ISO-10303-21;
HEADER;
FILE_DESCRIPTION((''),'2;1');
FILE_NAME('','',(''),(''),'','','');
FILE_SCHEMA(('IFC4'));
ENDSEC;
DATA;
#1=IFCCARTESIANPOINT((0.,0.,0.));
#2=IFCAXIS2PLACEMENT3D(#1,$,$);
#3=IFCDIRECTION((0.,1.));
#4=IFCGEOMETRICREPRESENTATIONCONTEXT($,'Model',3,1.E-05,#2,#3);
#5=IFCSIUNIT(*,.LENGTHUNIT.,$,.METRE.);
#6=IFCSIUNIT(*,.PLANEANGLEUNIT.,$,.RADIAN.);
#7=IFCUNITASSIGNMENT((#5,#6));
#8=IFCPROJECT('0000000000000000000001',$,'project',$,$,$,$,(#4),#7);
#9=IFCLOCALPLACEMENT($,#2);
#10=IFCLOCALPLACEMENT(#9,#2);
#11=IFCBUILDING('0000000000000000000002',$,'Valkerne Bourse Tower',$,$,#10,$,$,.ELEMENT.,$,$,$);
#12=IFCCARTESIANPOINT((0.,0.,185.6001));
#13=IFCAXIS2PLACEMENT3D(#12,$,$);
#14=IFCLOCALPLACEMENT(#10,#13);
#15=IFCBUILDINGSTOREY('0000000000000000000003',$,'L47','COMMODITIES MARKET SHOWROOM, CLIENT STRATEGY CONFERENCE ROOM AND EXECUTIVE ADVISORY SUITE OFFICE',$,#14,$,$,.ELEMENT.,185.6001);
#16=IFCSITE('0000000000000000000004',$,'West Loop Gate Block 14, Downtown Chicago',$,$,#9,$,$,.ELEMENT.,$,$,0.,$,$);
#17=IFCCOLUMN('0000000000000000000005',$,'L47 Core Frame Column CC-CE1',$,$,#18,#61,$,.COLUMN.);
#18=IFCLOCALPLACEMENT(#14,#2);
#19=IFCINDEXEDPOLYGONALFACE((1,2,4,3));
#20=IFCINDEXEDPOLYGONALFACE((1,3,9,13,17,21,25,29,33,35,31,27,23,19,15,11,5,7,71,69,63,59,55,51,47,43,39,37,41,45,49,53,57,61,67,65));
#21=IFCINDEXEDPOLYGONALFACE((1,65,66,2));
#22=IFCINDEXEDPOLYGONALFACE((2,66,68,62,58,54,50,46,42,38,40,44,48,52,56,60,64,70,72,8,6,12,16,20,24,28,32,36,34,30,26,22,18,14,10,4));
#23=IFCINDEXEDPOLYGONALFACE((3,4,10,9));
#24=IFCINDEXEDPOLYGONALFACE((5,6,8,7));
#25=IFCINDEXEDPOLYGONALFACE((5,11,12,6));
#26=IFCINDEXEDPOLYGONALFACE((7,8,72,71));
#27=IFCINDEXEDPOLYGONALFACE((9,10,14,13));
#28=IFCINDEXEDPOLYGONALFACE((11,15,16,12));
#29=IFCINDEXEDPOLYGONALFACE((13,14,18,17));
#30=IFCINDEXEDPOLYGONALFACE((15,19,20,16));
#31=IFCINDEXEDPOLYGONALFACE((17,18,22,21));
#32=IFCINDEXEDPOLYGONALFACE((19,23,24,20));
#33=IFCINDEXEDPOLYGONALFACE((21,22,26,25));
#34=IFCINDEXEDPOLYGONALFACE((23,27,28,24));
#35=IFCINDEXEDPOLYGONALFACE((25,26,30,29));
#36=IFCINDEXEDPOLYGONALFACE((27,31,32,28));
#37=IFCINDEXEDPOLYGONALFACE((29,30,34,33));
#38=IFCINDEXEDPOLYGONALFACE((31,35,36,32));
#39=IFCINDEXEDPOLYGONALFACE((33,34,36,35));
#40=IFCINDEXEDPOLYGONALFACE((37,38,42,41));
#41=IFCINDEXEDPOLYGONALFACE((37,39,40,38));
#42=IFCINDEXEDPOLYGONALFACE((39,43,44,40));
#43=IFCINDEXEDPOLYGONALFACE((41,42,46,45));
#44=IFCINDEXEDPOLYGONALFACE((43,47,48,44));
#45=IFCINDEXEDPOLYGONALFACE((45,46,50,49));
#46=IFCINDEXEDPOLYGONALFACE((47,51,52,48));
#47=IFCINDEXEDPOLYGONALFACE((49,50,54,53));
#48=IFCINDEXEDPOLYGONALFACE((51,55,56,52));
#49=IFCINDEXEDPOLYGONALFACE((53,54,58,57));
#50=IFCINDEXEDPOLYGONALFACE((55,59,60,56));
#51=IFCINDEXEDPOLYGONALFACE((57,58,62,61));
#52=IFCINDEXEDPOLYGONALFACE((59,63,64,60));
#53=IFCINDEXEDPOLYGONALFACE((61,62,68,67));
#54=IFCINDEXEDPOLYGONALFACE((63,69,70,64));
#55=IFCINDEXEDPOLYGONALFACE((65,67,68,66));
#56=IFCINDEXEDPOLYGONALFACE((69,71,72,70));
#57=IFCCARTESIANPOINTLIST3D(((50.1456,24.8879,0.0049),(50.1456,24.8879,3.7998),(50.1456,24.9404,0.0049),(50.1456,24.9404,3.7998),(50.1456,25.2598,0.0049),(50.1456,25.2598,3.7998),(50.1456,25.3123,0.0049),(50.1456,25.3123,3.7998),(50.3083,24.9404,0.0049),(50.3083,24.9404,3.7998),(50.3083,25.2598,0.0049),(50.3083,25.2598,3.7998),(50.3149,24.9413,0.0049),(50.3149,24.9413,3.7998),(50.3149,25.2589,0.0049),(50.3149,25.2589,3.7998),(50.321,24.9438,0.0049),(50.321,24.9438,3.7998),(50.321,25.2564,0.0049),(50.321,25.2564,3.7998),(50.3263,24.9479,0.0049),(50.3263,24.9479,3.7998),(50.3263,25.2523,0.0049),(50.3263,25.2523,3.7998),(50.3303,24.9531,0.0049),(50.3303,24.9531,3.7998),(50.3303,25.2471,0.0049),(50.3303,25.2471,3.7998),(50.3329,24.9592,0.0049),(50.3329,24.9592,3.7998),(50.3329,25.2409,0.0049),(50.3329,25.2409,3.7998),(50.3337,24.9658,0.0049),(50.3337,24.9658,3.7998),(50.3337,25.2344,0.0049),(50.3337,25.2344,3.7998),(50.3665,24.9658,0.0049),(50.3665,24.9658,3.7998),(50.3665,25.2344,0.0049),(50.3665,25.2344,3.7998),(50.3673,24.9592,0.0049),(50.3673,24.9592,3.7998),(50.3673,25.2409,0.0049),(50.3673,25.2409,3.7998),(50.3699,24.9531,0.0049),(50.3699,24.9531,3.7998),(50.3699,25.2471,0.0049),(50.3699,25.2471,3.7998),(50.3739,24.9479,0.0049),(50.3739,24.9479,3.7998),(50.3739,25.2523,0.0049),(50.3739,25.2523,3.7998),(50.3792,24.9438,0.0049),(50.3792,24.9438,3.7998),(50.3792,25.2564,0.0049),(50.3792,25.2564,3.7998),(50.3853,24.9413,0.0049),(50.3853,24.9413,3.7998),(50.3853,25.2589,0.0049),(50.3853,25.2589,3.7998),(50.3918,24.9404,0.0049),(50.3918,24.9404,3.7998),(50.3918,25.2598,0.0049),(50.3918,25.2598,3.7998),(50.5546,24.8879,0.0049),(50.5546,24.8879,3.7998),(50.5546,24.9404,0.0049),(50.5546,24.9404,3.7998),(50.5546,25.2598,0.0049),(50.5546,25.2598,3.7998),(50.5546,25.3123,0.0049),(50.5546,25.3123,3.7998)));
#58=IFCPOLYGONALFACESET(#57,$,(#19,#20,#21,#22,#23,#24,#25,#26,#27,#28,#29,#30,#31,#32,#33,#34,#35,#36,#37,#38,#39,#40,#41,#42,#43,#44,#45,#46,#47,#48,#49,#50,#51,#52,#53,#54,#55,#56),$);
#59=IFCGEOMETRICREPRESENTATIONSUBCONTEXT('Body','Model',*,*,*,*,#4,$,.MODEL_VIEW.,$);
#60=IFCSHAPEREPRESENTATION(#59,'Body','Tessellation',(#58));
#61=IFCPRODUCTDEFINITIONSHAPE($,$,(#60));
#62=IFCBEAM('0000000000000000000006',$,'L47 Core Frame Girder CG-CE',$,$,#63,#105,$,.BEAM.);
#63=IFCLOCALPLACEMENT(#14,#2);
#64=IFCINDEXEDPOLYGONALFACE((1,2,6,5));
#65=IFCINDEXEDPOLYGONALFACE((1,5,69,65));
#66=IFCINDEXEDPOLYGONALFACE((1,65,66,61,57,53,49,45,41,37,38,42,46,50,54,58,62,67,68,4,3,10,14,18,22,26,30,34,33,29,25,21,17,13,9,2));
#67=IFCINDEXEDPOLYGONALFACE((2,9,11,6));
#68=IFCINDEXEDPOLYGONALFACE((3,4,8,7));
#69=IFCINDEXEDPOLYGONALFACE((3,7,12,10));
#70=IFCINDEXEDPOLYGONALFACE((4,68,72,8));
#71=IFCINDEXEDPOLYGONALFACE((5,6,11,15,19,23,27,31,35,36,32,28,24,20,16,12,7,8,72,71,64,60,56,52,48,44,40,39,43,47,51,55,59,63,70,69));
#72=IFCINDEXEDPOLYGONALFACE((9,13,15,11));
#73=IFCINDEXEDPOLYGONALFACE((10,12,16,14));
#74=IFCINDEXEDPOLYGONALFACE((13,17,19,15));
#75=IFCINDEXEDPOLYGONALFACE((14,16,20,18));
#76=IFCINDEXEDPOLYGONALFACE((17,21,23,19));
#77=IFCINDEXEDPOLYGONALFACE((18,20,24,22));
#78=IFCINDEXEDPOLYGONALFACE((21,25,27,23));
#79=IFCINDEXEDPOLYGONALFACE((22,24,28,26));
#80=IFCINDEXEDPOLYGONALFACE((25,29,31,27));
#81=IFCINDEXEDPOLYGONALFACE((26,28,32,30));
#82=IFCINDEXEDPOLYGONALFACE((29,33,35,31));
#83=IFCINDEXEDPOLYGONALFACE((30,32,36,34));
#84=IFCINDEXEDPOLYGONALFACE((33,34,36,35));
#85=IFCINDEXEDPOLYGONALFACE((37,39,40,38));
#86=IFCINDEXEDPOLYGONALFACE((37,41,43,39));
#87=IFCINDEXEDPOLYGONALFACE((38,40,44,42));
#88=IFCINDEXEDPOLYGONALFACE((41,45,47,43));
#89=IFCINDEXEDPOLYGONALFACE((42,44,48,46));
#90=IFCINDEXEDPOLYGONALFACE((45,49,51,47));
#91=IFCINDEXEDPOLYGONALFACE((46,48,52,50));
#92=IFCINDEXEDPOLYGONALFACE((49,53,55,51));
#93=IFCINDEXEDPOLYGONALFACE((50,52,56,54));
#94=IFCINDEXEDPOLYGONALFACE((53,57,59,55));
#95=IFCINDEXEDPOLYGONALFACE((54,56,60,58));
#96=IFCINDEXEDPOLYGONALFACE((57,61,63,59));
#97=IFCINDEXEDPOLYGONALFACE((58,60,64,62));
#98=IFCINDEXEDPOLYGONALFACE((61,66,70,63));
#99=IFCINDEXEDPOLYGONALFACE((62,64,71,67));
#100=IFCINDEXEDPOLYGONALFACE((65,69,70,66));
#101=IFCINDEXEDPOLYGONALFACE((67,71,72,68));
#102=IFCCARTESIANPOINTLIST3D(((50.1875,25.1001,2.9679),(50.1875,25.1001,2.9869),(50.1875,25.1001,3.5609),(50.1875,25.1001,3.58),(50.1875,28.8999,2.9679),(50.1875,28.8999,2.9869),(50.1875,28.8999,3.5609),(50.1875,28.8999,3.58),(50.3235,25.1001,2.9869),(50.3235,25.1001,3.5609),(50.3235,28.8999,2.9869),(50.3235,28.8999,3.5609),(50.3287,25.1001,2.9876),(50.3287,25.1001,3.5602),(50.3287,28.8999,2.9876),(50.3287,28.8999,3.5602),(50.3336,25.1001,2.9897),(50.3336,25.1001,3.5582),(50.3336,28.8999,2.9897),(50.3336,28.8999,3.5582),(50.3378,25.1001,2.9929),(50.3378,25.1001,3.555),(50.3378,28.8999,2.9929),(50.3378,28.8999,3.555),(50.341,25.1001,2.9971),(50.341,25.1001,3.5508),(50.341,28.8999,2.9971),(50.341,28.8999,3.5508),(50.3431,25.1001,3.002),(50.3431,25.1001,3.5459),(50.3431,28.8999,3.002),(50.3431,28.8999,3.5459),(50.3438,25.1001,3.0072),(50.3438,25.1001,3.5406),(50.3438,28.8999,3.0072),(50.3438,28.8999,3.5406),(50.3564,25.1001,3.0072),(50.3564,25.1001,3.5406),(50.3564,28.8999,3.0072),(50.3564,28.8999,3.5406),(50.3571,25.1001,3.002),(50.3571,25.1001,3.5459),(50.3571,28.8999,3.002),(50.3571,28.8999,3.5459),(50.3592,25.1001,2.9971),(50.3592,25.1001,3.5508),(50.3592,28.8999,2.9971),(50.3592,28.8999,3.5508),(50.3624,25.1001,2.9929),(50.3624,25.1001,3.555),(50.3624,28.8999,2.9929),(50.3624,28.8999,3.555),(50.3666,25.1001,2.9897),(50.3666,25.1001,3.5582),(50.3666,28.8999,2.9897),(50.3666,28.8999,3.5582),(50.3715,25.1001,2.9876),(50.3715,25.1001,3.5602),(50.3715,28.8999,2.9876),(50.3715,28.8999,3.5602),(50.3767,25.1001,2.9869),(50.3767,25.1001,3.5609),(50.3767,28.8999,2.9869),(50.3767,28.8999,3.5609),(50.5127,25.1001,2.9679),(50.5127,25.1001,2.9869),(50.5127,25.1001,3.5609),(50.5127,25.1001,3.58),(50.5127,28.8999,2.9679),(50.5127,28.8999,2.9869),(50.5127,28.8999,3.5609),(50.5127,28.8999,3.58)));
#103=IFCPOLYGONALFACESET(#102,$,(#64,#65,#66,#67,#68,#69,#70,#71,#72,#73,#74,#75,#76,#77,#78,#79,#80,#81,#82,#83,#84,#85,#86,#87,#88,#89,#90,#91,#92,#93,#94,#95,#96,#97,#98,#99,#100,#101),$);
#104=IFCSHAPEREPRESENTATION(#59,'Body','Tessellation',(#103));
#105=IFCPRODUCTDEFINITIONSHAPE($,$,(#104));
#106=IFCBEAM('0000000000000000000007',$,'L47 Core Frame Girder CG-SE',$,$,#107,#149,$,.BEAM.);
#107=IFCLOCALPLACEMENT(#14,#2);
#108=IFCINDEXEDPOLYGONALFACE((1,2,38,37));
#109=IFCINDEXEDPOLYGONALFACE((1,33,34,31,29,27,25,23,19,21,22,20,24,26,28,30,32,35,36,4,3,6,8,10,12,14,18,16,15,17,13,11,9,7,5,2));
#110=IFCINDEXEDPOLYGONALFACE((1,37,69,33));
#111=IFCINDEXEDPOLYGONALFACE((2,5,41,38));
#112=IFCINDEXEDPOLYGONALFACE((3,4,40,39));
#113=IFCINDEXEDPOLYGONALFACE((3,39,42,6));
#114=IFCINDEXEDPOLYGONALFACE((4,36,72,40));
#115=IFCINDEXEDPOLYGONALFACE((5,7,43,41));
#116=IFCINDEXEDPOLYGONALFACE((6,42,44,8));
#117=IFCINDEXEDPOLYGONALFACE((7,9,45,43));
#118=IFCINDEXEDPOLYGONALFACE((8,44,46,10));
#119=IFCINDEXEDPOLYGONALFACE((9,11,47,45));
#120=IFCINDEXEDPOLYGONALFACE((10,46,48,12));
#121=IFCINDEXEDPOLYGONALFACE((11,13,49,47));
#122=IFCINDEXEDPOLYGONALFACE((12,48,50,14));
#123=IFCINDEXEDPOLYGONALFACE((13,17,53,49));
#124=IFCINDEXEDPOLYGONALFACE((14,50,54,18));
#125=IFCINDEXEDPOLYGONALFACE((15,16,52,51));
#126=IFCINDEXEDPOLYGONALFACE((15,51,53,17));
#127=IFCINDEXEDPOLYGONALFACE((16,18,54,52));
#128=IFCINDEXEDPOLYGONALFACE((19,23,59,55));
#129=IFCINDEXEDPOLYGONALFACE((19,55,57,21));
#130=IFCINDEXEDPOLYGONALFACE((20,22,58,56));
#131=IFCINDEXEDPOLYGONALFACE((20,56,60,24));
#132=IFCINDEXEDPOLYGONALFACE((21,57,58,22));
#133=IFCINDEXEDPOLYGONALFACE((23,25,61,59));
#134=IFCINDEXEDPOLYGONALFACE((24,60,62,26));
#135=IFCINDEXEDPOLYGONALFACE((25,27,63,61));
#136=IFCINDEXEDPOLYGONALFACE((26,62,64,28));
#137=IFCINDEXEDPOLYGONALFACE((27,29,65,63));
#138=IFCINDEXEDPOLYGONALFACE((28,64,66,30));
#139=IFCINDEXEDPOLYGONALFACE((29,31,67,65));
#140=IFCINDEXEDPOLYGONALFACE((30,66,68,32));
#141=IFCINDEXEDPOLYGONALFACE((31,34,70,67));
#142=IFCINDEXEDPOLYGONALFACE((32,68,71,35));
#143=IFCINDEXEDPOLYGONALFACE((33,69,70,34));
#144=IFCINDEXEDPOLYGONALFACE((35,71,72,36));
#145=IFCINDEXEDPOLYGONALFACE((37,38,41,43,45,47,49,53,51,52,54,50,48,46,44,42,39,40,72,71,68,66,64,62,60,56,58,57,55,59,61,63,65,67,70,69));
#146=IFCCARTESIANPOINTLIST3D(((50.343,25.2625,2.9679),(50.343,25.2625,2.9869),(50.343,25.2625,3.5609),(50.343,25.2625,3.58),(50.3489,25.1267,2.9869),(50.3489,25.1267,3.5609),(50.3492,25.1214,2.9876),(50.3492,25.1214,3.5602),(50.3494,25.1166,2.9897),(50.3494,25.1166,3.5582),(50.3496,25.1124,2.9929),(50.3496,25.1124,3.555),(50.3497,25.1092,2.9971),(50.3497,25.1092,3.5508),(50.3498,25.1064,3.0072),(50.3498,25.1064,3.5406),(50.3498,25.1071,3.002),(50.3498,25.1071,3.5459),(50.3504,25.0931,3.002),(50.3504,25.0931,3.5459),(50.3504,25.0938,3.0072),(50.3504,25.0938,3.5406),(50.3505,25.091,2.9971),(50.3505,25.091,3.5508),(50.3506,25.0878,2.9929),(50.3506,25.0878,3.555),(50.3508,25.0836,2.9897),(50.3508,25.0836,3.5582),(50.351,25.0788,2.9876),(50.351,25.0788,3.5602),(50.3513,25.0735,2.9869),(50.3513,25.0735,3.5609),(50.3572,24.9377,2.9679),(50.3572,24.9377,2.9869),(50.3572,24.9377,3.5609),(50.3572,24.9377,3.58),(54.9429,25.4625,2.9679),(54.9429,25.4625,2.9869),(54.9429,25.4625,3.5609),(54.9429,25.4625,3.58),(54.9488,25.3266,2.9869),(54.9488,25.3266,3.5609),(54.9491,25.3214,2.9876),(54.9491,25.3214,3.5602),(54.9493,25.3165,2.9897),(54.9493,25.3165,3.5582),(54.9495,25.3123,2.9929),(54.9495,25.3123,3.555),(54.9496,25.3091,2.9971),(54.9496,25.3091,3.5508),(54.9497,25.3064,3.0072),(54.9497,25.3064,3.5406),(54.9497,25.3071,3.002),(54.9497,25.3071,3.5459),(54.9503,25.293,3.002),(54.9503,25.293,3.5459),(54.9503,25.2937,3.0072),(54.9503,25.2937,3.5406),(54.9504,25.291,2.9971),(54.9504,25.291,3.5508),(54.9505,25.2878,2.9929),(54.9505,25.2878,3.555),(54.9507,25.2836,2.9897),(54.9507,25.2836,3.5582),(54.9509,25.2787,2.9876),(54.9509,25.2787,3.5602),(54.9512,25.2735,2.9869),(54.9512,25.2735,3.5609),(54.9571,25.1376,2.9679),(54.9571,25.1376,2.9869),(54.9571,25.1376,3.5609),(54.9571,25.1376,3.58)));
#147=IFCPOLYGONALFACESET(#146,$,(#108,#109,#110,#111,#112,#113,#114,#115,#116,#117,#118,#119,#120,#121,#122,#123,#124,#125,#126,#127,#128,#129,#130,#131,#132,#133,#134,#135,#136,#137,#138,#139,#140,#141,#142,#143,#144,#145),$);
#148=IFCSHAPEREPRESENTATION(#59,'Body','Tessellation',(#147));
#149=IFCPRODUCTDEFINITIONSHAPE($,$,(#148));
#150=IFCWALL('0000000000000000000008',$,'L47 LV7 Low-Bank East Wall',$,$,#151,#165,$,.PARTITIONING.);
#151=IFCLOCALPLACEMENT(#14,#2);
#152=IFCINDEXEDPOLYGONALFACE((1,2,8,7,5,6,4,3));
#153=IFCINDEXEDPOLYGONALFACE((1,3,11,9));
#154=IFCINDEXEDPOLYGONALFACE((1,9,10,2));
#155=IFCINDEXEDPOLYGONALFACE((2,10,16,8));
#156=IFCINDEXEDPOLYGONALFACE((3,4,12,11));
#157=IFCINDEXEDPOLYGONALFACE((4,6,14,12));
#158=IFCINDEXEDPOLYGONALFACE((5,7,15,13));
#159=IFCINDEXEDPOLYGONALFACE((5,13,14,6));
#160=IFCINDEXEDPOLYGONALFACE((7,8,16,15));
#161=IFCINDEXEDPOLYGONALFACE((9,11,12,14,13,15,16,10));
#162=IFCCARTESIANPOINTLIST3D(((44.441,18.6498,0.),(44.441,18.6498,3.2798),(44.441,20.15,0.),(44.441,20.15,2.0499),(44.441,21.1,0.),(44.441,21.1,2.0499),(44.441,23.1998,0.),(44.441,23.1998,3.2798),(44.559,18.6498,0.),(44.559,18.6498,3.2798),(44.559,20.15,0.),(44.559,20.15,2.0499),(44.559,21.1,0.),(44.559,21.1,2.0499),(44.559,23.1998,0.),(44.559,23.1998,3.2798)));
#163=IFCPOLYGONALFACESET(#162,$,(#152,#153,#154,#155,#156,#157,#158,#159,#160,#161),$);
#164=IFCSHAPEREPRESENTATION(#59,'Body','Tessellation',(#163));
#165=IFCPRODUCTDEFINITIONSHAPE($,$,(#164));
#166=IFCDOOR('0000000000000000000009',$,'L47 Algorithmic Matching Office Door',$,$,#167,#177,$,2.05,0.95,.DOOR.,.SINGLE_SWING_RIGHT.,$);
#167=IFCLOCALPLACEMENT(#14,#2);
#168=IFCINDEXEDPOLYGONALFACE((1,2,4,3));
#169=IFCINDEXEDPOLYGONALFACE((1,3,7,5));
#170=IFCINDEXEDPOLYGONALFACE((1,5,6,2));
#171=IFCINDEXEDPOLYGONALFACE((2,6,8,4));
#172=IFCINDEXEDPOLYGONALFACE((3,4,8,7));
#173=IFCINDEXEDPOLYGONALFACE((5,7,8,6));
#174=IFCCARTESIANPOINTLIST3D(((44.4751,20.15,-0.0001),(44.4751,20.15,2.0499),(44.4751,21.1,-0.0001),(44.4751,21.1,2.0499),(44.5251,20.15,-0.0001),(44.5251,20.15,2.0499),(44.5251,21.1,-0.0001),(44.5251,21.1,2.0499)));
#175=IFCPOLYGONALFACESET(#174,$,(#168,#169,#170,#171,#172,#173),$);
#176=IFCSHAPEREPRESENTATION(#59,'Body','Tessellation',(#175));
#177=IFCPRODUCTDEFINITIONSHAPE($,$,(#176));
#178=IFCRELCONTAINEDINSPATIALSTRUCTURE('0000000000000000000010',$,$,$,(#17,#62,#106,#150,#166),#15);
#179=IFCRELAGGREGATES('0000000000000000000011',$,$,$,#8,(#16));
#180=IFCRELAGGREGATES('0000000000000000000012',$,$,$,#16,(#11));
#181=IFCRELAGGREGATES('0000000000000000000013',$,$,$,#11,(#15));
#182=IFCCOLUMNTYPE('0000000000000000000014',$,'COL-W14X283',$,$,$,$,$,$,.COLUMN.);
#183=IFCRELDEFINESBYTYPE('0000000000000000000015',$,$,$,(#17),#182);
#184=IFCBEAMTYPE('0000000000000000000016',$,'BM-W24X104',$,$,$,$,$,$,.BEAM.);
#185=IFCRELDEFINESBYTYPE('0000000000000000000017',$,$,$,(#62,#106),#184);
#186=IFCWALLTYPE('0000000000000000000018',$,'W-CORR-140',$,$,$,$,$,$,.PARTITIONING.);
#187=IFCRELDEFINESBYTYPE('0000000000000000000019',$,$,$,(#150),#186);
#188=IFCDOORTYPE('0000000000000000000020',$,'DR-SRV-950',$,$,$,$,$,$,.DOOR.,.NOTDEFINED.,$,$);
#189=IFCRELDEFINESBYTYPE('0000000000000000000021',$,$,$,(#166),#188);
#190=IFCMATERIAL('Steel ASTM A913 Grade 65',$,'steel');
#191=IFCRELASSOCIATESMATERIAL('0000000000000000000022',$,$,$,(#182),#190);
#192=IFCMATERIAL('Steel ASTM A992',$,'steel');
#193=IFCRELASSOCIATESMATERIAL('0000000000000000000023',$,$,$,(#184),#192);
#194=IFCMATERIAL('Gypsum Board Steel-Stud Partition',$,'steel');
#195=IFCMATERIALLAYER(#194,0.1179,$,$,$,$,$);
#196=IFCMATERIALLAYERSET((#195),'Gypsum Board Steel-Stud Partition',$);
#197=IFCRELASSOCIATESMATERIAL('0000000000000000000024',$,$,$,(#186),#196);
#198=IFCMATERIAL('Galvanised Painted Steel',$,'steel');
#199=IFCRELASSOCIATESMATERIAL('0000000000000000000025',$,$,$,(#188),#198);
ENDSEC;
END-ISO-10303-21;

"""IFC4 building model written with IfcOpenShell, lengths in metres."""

from ifc_helpers import new_model, si_unit, direction, frame, frame_2d, origin, origin_2d, place, context, subcontext, project, spatial, rectangle, i_section, extrude, material, layer, layer_set, material_profile, profile_set, type_object, element, fill, save


model = new_model("IFC4")

# Units and contexts
model_context = context("Model", 3, precision=1e-05, world=origin(), true_north=direction((0.0, 1.0)))
body_context = subcontext(model_context, "Body", "Model", "MODEL_VIEW")
ifc_project = project(units=[si_unit("LENGTHUNIT", "METRE"), si_unit("PLANEANGLEUNIT", "RADIAN")], contexts=[model_context])

# Site, building, storey
site_placement = place(None, origin())
site = spatial("IfcSite", under=ifc_project, at=site_placement, Name="West Loop Gate Block 14, Downtown Chicago", CompositionType="ELEMENT", RefElevation=0.0)
building_placement = place(site_placement, origin())
building = spatial("IfcBuilding", under=site, at=building_placement, Name="Valkerne Bourse Tower", CompositionType="ELEMENT")
storey_placement = place(building_placement, frame((0.0, 0.0, 185.6001)))
storey = spatial("IfcBuildingStorey", under=building, at=storey_placement, Name="L47", Description="COMMODITIES MARKET SHOWROOM, CLIENT STRATEGY CONFERENCE ROOM AND EXECUTIVE ADVISORY SUITE OFFICE", CompositionType="ELEMENT", Elevation=185.6001)

# Column
ifc_material_1 = material(Name="Steel ASTM A913 Grade 65", Category="steel")
ifc_material_profile_1 = material_profile(ifc_material_1, i_section(OverallWidth=0.4089, OverallDepth=0.4243, WebThickness=0.0327, FlangeThickness=0.0525, FilletRadius=0.0254, at=origin_2d()), Name="W14X283")
ifc_profile_set_1 = profile_set([ifc_material_profile_1], Name="Steel ASTM A913 Grade 65")
column_type = type_object("IfcColumnType", Name="COL-W14X283", PredefinedType="COLUMN", material=ifc_profile_set_1)
column_placement = place(storey_placement, frame((50.3501, 25.1001, 0.0049), z_axis=(0.0, 0.0, 1.0), x_axis=(1.0, 0.0, 0.0)))
element("IfcColumn", 1, at=column_placement, inside=storey, type_object=column_type, Name="L47 Core Frame Column CC-CE1", PredefinedType="COLUMN", context=body_context, shape_type="SweptSolid", body=[
    extrude(i_section(OverallWidth=0.4089, OverallDepth=0.4243, WebThickness=0.0327, FlangeThickness=0.0525, FilletRadius=0.0254, at=origin_2d()), origin(), (0.0, 0.0, 1.0), 3.7949),
])

# Beams
ifc_material_2 = material(Name="Steel ASTM A992", Category="steel")
ifc_material_profile_2 = material_profile(ifc_material_2, i_section(OverallWidth=0.3252, OverallDepth=0.6121, WebThickness=0.0127, FlangeThickness=0.019, FilletRadius=0.0203, at=origin_2d()), Name="W24X104")
ifc_profile_set_2 = profile_set([ifc_material_profile_2], Name="Steel ASTM A992")
beam_type = type_object("IfcBeamType", Name="BM-W24X104", PredefinedType="BEAM", material=ifc_profile_set_2)
beam_1_placement = place(storey_placement, frame((50.3501, 25.1001, 3.2739), z_axis=(0.0, 1.0, 0.0), x_axis=(-1.0, 0.0, 0.0)))
element("IfcBeam", 2, at=beam_1_placement, inside=storey, type_object=beam_type, Name="L47 Core Frame Girder CG-CE", PredefinedType="BEAM", context=body_context, shape_type="SweptSolid", body=[
    extrude(i_section(OverallWidth=0.3252, OverallDepth=0.6121, WebThickness=0.0127, FlangeThickness=0.019, FilletRadius=0.0203, at=origin_2d()), origin(), (0.0, 0.0, 1.0), 3.7998),
])
beam_2_placement = place(storey_placement, frame((50.3501, 25.1001, 3.2739), z_axis=(0.999057, 0.043428, 0.0), x_axis=(-0.043428, 0.999057, 0.0)))
element("IfcBeam", 3, at=beam_2_placement, inside=storey, type_object=beam_type, Name="L47 Core Frame Girder CG-SE", PredefinedType="BEAM", context=body_context, shape_type="SweptSolid", body=[
    extrude(i_section(OverallWidth=0.3252, OverallDepth=0.6121, WebThickness=0.0127, FlangeThickness=0.019, FilletRadius=0.0203, at=origin_2d()), origin(), (0.0, 0.0, 1.0), 4.6042),
])

# Wall, opening, door
ifc_material_3 = material(Name="Gypsum Board Steel-Stud Partition", Category="steel")
ifc_layer_1 = layer(ifc_material_3, 0.1179)
ifc_layer_set_1 = layer_set([ifc_layer_1], Name="Gypsum Board Steel-Stud Partition")
wall_type_1 = type_object("IfcWallType", Name="W-CORR-140", PredefinedType="PARTITIONING", material=ifc_layer_set_1)
wall_1_placement = place(storey_placement, frame((44.5, 18.6499, 0.0), z_axis=(0.0, 0.0, 1.0), x_axis=(0.0, 1.0, 0.0)))
wall_1 = element("IfcWall", 4, at=wall_1_placement, inside=storey, type_object=wall_type_1, Name="L47 LV7 Low-Bank East Wall", PredefinedType="PARTITIONING", context=body_context, shape_type="SweptSolid", body=[
    extrude(rectangle(XDim=4.55, YDim=0.1179, at=frame_2d((2.2749, 0.0))), origin(), (0.0, 0.0, 1.0), 3.2798),
])
opening_1_placement = place(wall_1_placement, frame((1.5, 0.0, 0.0)))
opening_1 = element("IfcOpeningElement", 5, at=opening_1_placement, cuts=wall_1, PredefinedType="OPENING", context=body_context, shape_type="SweptSolid", body=[
    extrude(rectangle(XDim=0.95, YDim=2.05, at=frame_2d((0.4751, 1.0249))), frame((0.0, 0.0688, 0.0), z_axis=(0.0, -1.0, 0.0), x_axis=(1.0, 0.0, 0.0)), (0.0, 0.0, 1.0), 0.1379),
])
ifc_material_4 = material(Name="Galvanised Painted Steel", Category="steel")
door_type_1 = type_object("IfcDoorType", Name="DR-SRV-950", OperationType="NOTDEFINED", PredefinedType="DOOR", material=ifc_material_4)
door_1_placement = place(opening_1_placement, origin())
door_1 = element("IfcDoor", 6, at=door_1_placement, inside=storey, type_object=door_type_1, Name="L47 Algorithmic Matching Office Door", OperationType="SINGLE_SWING_RIGHT", OverallHeight=2.05, OverallWidth=0.95, PredefinedType="DOOR", context=body_context, shape_type="SweptSolid", body=[
    extrude(rectangle(XDim=0.95, YDim=2.05, at=frame_2d((0.4751, 1.0249))), frame((0.0, 0.0249, 0.0), z_axis=(0.0, -1.0, 0.0), x_axis=(1.0, 0.0, 0.0)), (0.0, 0.0, 1.0), 0.05),
])
fill(opening_1, door_1)

save(model, "model.ifc")
